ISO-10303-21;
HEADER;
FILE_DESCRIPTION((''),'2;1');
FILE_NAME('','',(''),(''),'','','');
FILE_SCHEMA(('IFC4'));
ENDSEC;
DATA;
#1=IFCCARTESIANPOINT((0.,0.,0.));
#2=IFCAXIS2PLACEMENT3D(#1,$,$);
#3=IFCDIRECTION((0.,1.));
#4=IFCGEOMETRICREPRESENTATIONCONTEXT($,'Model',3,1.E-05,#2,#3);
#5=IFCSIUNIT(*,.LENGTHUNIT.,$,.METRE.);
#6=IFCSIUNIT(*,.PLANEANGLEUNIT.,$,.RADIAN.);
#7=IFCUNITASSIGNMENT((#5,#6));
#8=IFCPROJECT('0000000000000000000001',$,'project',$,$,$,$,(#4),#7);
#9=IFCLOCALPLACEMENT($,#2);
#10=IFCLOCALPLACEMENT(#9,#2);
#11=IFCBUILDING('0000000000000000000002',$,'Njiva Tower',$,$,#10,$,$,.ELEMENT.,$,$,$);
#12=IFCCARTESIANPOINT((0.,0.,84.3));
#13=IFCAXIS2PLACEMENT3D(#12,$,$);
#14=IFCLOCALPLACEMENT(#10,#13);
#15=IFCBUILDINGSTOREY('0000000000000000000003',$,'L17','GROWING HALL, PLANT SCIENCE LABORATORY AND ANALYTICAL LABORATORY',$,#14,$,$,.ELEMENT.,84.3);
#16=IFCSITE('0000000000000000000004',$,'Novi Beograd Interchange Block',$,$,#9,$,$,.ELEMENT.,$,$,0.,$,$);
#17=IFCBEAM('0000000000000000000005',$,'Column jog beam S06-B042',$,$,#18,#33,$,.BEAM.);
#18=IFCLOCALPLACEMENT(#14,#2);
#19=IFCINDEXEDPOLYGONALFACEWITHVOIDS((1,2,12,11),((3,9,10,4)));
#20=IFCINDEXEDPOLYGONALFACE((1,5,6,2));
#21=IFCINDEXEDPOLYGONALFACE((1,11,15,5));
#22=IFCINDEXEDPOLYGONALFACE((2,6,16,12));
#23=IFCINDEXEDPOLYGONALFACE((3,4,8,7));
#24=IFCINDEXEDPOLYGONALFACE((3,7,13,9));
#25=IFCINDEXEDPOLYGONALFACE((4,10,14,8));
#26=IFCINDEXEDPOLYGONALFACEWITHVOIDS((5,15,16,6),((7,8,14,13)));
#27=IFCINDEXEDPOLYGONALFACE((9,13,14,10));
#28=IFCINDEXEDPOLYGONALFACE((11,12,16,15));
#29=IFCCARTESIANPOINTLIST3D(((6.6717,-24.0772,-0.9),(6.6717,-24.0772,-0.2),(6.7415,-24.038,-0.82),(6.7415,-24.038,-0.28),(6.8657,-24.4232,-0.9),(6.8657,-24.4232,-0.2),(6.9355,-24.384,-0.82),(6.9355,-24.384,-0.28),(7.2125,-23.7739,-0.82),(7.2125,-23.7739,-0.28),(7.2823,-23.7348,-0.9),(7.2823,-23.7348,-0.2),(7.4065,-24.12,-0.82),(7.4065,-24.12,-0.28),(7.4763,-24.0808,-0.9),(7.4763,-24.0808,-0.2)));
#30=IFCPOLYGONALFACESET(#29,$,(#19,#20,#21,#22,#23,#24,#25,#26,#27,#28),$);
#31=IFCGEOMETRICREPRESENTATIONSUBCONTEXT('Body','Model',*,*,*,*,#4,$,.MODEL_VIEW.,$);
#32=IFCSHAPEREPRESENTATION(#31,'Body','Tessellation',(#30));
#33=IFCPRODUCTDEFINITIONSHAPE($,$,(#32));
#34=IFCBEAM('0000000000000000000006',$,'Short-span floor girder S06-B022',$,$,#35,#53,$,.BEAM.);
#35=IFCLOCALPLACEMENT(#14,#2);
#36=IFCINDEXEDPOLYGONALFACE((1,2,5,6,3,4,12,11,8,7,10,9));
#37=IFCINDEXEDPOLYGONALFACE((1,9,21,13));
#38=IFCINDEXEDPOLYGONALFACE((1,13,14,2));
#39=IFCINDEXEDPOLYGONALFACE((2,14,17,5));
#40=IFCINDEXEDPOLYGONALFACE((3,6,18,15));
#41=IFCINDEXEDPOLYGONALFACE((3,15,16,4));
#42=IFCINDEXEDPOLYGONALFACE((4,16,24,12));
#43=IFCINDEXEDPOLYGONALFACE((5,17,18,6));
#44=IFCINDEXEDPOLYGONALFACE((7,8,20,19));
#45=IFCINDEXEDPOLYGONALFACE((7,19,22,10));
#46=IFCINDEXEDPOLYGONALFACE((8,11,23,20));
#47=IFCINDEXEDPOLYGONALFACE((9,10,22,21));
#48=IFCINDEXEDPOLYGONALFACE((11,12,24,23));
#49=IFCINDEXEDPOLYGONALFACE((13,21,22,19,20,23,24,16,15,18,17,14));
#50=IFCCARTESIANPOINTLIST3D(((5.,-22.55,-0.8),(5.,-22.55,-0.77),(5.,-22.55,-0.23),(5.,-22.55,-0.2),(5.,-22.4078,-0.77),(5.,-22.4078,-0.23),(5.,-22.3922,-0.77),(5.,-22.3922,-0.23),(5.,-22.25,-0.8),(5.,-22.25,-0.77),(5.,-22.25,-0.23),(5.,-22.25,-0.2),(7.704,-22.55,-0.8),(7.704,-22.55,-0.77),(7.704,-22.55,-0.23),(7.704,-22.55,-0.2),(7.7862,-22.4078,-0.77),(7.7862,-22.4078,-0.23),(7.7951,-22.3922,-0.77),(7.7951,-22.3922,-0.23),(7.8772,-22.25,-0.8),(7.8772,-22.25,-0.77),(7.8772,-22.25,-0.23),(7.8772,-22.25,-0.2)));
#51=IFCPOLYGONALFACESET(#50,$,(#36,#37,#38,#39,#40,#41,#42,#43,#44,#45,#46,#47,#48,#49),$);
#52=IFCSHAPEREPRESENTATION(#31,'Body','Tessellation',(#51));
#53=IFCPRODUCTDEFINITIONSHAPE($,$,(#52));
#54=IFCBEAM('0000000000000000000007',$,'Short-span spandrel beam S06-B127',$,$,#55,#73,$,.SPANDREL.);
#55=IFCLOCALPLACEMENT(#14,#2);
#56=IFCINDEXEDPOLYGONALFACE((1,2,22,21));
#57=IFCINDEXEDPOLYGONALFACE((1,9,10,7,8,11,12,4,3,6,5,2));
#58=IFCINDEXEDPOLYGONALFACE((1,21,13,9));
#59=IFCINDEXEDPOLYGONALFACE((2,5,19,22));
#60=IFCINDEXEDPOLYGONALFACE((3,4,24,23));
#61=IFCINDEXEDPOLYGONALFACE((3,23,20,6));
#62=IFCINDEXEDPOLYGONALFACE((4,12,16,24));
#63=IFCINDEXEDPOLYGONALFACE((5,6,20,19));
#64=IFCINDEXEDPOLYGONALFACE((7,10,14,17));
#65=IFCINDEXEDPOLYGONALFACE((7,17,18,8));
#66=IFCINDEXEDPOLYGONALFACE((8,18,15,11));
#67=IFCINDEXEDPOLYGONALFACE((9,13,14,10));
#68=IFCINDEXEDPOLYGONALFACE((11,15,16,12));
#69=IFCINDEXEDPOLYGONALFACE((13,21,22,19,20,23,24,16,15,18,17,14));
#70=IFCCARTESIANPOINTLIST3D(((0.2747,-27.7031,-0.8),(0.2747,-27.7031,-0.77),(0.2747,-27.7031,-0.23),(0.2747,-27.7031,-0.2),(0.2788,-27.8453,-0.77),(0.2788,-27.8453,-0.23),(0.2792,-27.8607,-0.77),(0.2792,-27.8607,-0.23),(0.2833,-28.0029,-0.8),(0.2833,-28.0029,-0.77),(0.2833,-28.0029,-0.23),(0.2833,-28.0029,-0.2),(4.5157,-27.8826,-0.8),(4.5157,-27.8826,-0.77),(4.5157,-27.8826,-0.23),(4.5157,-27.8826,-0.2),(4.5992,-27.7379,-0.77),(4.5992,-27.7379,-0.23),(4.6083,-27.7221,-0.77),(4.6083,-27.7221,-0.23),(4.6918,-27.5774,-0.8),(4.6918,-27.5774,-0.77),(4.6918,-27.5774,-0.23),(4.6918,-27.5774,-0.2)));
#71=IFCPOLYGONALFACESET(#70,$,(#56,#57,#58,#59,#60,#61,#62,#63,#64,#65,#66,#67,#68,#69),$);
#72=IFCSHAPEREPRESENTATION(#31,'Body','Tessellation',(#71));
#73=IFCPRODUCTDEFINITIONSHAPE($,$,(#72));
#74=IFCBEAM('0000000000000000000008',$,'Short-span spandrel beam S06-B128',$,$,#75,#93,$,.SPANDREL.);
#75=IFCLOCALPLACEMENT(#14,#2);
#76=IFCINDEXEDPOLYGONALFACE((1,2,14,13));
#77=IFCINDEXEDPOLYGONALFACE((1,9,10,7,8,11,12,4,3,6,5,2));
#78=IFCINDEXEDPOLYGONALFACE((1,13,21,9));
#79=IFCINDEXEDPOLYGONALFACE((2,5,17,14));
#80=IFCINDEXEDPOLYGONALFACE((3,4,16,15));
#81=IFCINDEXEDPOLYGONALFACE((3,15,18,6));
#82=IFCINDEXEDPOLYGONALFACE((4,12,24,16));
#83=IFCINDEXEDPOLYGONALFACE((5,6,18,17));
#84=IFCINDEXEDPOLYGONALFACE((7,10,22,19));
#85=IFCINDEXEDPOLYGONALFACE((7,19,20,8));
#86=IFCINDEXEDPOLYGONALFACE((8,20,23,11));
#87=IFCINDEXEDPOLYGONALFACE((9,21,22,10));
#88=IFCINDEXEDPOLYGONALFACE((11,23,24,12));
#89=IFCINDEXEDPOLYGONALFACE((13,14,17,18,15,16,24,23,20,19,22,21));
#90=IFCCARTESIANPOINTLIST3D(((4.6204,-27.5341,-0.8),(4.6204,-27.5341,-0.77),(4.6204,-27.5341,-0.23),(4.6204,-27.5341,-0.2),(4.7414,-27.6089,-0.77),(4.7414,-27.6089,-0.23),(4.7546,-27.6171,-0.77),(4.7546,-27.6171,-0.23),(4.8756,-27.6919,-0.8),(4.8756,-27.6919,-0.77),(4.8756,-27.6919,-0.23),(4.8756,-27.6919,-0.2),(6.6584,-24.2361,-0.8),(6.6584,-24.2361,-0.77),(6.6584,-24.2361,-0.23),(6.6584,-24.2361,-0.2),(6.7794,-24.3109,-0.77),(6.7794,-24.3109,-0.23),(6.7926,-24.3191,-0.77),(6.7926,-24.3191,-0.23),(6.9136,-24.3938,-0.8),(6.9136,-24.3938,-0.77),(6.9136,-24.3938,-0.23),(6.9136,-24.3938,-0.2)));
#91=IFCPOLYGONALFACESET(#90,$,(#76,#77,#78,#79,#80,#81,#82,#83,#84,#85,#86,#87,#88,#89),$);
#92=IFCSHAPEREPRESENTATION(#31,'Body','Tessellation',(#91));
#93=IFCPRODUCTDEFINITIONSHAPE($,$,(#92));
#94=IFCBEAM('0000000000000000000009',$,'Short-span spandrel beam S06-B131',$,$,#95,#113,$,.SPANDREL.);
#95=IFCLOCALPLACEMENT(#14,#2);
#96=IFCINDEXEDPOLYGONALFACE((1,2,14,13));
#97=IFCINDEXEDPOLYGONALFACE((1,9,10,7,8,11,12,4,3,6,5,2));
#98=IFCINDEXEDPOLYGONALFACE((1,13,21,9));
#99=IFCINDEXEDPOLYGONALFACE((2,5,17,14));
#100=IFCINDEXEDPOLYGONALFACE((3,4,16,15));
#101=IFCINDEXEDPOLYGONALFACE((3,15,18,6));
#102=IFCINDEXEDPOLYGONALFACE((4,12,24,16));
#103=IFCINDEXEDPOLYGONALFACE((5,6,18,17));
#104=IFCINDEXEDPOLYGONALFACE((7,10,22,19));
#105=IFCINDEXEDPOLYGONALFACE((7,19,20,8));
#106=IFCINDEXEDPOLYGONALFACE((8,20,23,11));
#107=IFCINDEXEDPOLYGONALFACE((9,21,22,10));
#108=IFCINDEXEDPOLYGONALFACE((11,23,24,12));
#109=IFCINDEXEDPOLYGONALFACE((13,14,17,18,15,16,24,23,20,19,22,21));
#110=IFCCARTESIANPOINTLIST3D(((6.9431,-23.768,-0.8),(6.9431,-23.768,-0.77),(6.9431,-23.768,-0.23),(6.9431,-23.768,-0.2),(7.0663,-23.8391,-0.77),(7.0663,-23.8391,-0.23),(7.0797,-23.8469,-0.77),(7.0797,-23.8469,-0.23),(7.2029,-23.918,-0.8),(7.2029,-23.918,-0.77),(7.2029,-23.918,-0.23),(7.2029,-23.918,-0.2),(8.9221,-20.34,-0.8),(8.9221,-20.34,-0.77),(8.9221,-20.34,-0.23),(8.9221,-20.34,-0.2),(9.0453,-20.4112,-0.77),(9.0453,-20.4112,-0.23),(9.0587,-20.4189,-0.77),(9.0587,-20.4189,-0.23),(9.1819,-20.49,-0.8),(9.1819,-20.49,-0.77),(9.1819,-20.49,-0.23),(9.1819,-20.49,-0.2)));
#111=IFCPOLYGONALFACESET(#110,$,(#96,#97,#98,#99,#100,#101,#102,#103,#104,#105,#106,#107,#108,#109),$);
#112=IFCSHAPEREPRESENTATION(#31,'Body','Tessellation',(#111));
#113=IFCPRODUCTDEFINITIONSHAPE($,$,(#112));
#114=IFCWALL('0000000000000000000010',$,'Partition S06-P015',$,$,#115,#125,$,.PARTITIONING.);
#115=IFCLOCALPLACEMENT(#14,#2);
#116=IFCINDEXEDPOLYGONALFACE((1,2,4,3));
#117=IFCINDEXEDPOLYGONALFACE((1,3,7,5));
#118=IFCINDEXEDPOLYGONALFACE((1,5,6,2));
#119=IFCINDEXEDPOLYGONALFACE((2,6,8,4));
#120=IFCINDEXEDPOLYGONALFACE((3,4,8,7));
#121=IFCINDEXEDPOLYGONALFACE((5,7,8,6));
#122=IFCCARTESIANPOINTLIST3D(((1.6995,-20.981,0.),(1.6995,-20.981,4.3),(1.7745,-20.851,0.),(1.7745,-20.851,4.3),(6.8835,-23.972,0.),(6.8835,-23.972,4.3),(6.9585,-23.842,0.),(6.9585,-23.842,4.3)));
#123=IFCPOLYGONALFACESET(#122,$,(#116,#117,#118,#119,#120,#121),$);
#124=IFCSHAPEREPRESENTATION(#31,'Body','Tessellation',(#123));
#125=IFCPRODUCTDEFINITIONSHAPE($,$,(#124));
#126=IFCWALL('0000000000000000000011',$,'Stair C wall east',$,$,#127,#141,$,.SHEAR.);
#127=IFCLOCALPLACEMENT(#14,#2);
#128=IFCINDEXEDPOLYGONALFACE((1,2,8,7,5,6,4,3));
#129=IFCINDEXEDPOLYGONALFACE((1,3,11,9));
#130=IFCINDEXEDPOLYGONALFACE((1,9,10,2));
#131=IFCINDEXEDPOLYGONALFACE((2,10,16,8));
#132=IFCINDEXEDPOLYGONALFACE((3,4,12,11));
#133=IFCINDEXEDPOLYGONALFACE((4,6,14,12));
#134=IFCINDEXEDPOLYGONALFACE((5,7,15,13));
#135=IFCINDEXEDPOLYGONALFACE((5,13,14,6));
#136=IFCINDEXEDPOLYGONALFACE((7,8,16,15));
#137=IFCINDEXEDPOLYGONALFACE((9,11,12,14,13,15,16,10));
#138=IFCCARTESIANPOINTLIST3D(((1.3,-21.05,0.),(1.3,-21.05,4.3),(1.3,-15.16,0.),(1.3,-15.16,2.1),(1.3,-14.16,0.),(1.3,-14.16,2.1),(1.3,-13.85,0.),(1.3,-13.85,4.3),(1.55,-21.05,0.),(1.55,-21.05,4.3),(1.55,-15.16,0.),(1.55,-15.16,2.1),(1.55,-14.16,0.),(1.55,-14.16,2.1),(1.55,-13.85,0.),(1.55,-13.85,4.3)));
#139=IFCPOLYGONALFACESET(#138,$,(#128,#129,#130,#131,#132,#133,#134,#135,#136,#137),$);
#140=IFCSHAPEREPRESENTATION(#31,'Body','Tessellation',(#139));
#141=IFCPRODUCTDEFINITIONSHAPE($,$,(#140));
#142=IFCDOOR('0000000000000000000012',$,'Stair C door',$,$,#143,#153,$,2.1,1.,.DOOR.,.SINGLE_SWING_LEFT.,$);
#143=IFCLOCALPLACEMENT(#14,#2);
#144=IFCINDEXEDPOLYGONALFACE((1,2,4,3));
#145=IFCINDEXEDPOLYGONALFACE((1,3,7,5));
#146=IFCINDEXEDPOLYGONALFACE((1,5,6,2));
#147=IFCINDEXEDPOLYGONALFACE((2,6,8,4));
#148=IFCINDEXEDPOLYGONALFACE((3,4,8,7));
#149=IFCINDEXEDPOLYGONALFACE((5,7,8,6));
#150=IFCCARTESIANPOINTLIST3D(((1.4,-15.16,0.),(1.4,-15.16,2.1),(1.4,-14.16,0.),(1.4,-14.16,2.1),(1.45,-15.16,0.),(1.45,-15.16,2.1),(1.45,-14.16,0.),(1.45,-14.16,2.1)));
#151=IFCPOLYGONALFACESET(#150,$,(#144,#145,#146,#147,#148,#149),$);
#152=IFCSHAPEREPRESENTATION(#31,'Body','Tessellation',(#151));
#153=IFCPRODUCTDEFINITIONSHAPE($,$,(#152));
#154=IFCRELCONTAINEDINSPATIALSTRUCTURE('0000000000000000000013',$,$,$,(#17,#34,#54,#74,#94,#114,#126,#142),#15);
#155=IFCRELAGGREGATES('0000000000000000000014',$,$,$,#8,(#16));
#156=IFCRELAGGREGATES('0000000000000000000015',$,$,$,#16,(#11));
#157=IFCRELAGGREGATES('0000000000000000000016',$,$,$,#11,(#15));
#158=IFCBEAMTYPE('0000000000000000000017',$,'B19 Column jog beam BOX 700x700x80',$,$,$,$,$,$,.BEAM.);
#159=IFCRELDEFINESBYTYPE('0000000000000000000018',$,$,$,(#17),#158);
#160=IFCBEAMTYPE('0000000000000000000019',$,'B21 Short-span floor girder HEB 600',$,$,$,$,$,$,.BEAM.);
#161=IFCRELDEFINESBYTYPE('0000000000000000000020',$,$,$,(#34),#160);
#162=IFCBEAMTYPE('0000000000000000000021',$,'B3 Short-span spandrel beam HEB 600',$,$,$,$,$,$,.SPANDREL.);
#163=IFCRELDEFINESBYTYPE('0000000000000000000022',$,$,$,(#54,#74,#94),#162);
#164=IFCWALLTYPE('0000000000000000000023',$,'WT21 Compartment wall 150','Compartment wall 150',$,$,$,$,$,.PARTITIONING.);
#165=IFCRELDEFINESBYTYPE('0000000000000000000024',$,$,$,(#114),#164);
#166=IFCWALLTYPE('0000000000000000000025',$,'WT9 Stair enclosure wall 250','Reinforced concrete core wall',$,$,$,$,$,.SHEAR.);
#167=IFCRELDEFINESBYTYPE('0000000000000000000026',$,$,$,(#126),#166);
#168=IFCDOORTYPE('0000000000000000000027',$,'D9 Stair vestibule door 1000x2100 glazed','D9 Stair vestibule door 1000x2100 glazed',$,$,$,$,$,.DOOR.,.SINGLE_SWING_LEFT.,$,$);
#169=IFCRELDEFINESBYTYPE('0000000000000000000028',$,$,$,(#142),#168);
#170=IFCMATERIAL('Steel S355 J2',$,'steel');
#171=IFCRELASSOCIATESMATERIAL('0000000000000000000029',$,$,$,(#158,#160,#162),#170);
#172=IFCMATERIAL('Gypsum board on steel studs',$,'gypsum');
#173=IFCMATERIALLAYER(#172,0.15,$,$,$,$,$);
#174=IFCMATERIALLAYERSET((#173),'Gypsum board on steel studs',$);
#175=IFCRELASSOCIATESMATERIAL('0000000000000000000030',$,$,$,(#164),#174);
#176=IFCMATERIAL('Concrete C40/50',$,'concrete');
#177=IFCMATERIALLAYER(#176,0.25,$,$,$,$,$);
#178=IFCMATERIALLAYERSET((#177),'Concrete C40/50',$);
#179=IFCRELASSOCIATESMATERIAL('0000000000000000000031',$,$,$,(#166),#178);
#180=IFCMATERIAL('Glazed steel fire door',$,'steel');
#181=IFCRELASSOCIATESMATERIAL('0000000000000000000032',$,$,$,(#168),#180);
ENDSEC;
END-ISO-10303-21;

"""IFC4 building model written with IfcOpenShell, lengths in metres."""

from ifc_helpers import new_model, si_unit, direction, frame, frame_2d, origin, origin_2d, place, context, subcontext, project, spatial, rectangle, hollow_rectangle, i_section, extrude, clip, halfspace, material, layer, layer_set, material_profile, profile_set, type_object, element, fill, save


model = new_model("IFC4")

# Units and contexts
model_context = context("Model", 3, precision=1e-05, world=origin(), true_north=direction((0.0, 1.0)))
body_context = subcontext(model_context, "Body", "Model", "MODEL_VIEW")
ifc_project = project(units=[si_unit("LENGTHUNIT", "METRE"), si_unit("PLANEANGLEUNIT", "RADIAN")], contexts=[model_context])

# Site, building, storey
site_placement = place(None, origin())
site = spatial("IfcSite", under=ifc_project, at=site_placement, Name="Novi Beograd Interchange Block", CompositionType="ELEMENT", RefElevation=0.0)
building_placement = place(site_placement, origin())
building = spatial("IfcBuilding", under=site, at=building_placement, Name="Njiva Tower", CompositionType="ELEMENT")
storey_placement = place(building_placement, frame((0.0, 0.0, 84.3)))
storey = spatial("IfcBuildingStorey", under=building, at=storey_placement, Name="L17", Description="GROWING HALL, PLANT SCIENCE LABORATORY AND ANALYTICAL LABORATORY", CompositionType="ELEMENT", Elevation=84.3)

# Shared definitions
ifc_material_1 = material(Name="Steel S355 J2", Category="steel")

# Beams
ifc_material_profile_1 = material_profile(ifc_material_1, hollow_rectangle(XDim=0.7, YDim=0.7, WallThickness=0.08, at=origin_2d()), Name="BOX 700x700x80")
ifc_profile_set_1 = profile_set([ifc_material_profile_1], Name="Steel S355 J2")
beam_type_1 = type_object("IfcBeamType", Name="B19 Column jog beam BOX 700x700x80", PredefinedType="BEAM", material=ifc_profile_set_1)
beam_1_placement = place(storey_placement, frame((7.171, -24.252, -0.55), z_axis=(-0.489064, 0.872248, 0.0), x_axis=(-0.872248, -0.489064, 0.0)))
element("IfcBeam", 1, at=beam_1_placement, inside=storey, type_object=beam_type_1, Name="Column jog beam S06-B042", PredefinedType="BEAM", context=body_context, shape_type="SweptSolid", body=[
    extrude(hollow_rectangle(XDim=0.7, YDim=0.7, WallThickness=0.08, at=origin_2d()), origin(), (0.0, 0.0, 1.0), 0.3967),
])
ifc_material_profile_2 = material_profile(ifc_material_1, i_section(OverallWidth=0.3, OverallDepth=0.6, WebThickness=0.0155, FlangeThickness=0.03, at=origin_2d()), Name="HEB 600")
ifc_profile_set_2 = profile_set([ifc_material_profile_2], Name="Steel S355 J2")
beam_type_2 = type_object("IfcBeamType", Name="B21 Short-span floor girder HEB 600", PredefinedType="BEAM", material=ifc_profile_set_2)
beam_2_placement = place(storey_placement, frame((5.0, -22.4, -0.5), z_axis=(1.0, 0.0, 0.0), x_axis=(0.0, 1.0, 0.0)))
element("IfcBeam", 2, at=beam_2_placement, inside=storey, type_object=beam_type_2, Name="Short-span floor girder S06-B022", PredefinedType="BEAM", context=body_context, shape_type="Clipping", body=[
    clip(extrude(i_section(OverallWidth=0.3, OverallDepth=0.6, WebThickness=0.0155, FlangeThickness=0.03, at=origin_2d()), origin(), (0.0, 0.0, 1.0), 2.898), halfspace(frame((-0.025, 0.0, 2.7762), z_axis=(-0.499998, 0.0, 0.866027), x_axis=(0.0, 1.0, 0.0)), False)),
])
ifc_material_profile_3 = material_profile(ifc_material_1, i_section(OverallWidth=0.3, OverallDepth=0.6, WebThickness=0.0155, FlangeThickness=0.03, at=origin_2d()), Name="HEB 600")
ifc_profile_set_3 = profile_set([ifc_material_profile_3], Name="Steel S355 J2")
beam_type_3 = type_object("IfcBeamType", Name="B3 Short-span spandrel beam HEB 600", PredefinedType="SPANDREL", material=ifc_profile_set_3)
beam_3_placement = place(storey_placement, frame((0.279, -27.853, -0.5), z_axis=(0.999596, 0.028428, 0.0), x_axis=(-0.028428, 0.999596, 0.0)))
element("IfcBeam", 3, at=beam_3_placement, inside=storey, type_object=beam_type_3, Name="Short-span spandrel beam S06-B127", PredefinedType="SPANDREL", context=body_context, shape_type="Clipping", body=[
    clip(extrude(i_section(OverallWidth=0.3, OverallDepth=0.6, WebThickness=0.0155, FlangeThickness=0.03, at=origin_2d()), origin(), (0.0, 0.0, 1.0), 4.4387), halfspace(frame((-0.0263, 0.0, 4.3103), z_axis=(-0.524415, 0.0, 0.851463), x_axis=(0.0, 1.0, 0.0)), False)),
])
beam_4_placement = place(storey_placement, frame((4.748, -27.613, -0.5), z_axis=(0.52568, 0.850683, 0.0), x_axis=(-0.850683, 0.52568, 0.0)))
element("IfcBeam", 4, at=beam_4_placement, inside=storey, type_object=beam_type_3, Name="Short-span spandrel beam S06-B128", PredefinedType="SPANDREL", context=body_context, shape_type="SweptSolid", body=[
    extrude(i_section(OverallWidth=0.3, OverallDepth=0.6, WebThickness=0.0155, FlangeThickness=0.03, at=origin_2d()), origin(), (0.0, 0.0, 1.0), 3.8769),
])
beam_5_placement = place(storey_placement, frame((7.073, -23.843, -0.5), z_axis=(0.49997, 0.866043, 0.0), x_axis=(-0.866043, 0.49997, 0.0)))
element("IfcBeam", 5, at=beam_5_placement, inside=storey, type_object=beam_type_3, Name="Short-span spandrel beam S06-B131", PredefinedType="SPANDREL", context=body_context, shape_type="SweptSolid", body=[
    extrude(i_section(OverallWidth=0.3, OverallDepth=0.6, WebThickness=0.0155, FlangeThickness=0.03, at=origin_2d()), origin(), (0.0, 0.0, 1.0), 3.9582),
])

# Wall
ifc_material_2 = material(Name="Gypsum board on steel studs", Category="gypsum")
ifc_layer_1 = layer(ifc_material_2, 0.15)
ifc_layer_set_1 = layer_set([ifc_layer_1], Name="Gypsum board on steel studs")
wall_type_1 = type_object("IfcWallType", Name="WT21 Compartment wall 150", Description="Compartment wall 150", PredefinedType="PARTITIONING", material=ifc_layer_set_1)
wall_1_placement = place(storey_placement, frame((1.737, -20.916, 0.0), z_axis=(0.0, 0.0, 1.0), x_axis=(0.866169, -0.499751, 0.0)))
element("IfcWall", 6, at=wall_1_placement, inside=storey, type_object=wall_type_1, Name="Partition S06-P015", PredefinedType="PARTITIONING", context=body_context, shape_type="SweptSolid", body=[
    extrude(rectangle(XDim=5.985, YDim=0.15, at=frame_2d((2.9925, 0.0))), origin(), (0.0, 0.0, 1.0), 4.3),
])

# Wall, opening, door
ifc_material_3 = material(Name="Concrete C40/50", Category="concrete")
ifc_layer_2 = layer(ifc_material_3, 0.25)
ifc_layer_set_2 = layer_set([ifc_layer_2], Name="Concrete C40/50")
wall_type_2 = type_object("IfcWallType", Name="WT9 Stair enclosure wall 250", Description="Reinforced concrete core wall", PredefinedType="SHEAR", material=ifc_layer_set_2)
wall_2_placement = place(storey_placement, frame((1.425, -21.05, 0.0), z_axis=(0.0, 0.0, 1.0), x_axis=(0.0, 1.0, 0.0)))
wall_2 = element("IfcWall", 7, at=wall_2_placement, inside=storey, type_object=wall_type_2, Name="Stair C wall east", PredefinedType="SHEAR", context=body_context, shape_type="SweptSolid", body=[
    extrude(rectangle(XDim=7.2, YDim=0.25, at=frame_2d((3.6, 0.0))), origin(), (0.0, 0.0, 1.0), 4.3),
])
opening_1_placement = place(wall_2_placement, frame((5.89, 0.0, 0.0)))
opening_1 = element("IfcOpeningElement", 8, at=opening_1_placement, cuts=wall_2, PredefinedType="OPENING", context=body_context, shape_type="SweptSolid", body=[
    extrude(rectangle(XDim=1.0, YDim=2.1, at=frame_2d((0.5, 1.05))), frame((0.0, 0.135, 0.0), z_axis=(0.0, -1.0, 0.0), x_axis=(1.0, 0.0, 0.0)), (0.0, 0.0, 1.0), 0.27),
])
ifc_material_4 = material(Name="Glazed steel fire door", Category="steel")
door_type = type_object("IfcDoorType", Name="D9 Stair vestibule door 1000x2100 glazed", Description="D9 Stair vestibule door 1000x2100 glazed", OperationType="SINGLE_SWING_LEFT", PredefinedType="DOOR", material=ifc_material_4)
door_placement = place(opening_1_placement, origin())
door = element("IfcDoor", 9, at=door_placement, inside=storey, type_object=door_type, Name="Stair C door", OperationType="SINGLE_SWING_LEFT", OverallHeight=2.1, OverallWidth=1.0, PredefinedType="DOOR", context=body_context, shape_type="SweptSolid", body=[
    extrude(rectangle(XDim=1.0, YDim=2.1, at=frame_2d((0.5, 1.05))), frame((0.0, 0.025, 0.0), z_axis=(0.0, -1.0, 0.0), x_axis=(1.0, 0.0, 0.0)), (0.0, 0.0, 1.0), 0.05),
])
fill(opening_1, door)

save(model, "model.ifc")
